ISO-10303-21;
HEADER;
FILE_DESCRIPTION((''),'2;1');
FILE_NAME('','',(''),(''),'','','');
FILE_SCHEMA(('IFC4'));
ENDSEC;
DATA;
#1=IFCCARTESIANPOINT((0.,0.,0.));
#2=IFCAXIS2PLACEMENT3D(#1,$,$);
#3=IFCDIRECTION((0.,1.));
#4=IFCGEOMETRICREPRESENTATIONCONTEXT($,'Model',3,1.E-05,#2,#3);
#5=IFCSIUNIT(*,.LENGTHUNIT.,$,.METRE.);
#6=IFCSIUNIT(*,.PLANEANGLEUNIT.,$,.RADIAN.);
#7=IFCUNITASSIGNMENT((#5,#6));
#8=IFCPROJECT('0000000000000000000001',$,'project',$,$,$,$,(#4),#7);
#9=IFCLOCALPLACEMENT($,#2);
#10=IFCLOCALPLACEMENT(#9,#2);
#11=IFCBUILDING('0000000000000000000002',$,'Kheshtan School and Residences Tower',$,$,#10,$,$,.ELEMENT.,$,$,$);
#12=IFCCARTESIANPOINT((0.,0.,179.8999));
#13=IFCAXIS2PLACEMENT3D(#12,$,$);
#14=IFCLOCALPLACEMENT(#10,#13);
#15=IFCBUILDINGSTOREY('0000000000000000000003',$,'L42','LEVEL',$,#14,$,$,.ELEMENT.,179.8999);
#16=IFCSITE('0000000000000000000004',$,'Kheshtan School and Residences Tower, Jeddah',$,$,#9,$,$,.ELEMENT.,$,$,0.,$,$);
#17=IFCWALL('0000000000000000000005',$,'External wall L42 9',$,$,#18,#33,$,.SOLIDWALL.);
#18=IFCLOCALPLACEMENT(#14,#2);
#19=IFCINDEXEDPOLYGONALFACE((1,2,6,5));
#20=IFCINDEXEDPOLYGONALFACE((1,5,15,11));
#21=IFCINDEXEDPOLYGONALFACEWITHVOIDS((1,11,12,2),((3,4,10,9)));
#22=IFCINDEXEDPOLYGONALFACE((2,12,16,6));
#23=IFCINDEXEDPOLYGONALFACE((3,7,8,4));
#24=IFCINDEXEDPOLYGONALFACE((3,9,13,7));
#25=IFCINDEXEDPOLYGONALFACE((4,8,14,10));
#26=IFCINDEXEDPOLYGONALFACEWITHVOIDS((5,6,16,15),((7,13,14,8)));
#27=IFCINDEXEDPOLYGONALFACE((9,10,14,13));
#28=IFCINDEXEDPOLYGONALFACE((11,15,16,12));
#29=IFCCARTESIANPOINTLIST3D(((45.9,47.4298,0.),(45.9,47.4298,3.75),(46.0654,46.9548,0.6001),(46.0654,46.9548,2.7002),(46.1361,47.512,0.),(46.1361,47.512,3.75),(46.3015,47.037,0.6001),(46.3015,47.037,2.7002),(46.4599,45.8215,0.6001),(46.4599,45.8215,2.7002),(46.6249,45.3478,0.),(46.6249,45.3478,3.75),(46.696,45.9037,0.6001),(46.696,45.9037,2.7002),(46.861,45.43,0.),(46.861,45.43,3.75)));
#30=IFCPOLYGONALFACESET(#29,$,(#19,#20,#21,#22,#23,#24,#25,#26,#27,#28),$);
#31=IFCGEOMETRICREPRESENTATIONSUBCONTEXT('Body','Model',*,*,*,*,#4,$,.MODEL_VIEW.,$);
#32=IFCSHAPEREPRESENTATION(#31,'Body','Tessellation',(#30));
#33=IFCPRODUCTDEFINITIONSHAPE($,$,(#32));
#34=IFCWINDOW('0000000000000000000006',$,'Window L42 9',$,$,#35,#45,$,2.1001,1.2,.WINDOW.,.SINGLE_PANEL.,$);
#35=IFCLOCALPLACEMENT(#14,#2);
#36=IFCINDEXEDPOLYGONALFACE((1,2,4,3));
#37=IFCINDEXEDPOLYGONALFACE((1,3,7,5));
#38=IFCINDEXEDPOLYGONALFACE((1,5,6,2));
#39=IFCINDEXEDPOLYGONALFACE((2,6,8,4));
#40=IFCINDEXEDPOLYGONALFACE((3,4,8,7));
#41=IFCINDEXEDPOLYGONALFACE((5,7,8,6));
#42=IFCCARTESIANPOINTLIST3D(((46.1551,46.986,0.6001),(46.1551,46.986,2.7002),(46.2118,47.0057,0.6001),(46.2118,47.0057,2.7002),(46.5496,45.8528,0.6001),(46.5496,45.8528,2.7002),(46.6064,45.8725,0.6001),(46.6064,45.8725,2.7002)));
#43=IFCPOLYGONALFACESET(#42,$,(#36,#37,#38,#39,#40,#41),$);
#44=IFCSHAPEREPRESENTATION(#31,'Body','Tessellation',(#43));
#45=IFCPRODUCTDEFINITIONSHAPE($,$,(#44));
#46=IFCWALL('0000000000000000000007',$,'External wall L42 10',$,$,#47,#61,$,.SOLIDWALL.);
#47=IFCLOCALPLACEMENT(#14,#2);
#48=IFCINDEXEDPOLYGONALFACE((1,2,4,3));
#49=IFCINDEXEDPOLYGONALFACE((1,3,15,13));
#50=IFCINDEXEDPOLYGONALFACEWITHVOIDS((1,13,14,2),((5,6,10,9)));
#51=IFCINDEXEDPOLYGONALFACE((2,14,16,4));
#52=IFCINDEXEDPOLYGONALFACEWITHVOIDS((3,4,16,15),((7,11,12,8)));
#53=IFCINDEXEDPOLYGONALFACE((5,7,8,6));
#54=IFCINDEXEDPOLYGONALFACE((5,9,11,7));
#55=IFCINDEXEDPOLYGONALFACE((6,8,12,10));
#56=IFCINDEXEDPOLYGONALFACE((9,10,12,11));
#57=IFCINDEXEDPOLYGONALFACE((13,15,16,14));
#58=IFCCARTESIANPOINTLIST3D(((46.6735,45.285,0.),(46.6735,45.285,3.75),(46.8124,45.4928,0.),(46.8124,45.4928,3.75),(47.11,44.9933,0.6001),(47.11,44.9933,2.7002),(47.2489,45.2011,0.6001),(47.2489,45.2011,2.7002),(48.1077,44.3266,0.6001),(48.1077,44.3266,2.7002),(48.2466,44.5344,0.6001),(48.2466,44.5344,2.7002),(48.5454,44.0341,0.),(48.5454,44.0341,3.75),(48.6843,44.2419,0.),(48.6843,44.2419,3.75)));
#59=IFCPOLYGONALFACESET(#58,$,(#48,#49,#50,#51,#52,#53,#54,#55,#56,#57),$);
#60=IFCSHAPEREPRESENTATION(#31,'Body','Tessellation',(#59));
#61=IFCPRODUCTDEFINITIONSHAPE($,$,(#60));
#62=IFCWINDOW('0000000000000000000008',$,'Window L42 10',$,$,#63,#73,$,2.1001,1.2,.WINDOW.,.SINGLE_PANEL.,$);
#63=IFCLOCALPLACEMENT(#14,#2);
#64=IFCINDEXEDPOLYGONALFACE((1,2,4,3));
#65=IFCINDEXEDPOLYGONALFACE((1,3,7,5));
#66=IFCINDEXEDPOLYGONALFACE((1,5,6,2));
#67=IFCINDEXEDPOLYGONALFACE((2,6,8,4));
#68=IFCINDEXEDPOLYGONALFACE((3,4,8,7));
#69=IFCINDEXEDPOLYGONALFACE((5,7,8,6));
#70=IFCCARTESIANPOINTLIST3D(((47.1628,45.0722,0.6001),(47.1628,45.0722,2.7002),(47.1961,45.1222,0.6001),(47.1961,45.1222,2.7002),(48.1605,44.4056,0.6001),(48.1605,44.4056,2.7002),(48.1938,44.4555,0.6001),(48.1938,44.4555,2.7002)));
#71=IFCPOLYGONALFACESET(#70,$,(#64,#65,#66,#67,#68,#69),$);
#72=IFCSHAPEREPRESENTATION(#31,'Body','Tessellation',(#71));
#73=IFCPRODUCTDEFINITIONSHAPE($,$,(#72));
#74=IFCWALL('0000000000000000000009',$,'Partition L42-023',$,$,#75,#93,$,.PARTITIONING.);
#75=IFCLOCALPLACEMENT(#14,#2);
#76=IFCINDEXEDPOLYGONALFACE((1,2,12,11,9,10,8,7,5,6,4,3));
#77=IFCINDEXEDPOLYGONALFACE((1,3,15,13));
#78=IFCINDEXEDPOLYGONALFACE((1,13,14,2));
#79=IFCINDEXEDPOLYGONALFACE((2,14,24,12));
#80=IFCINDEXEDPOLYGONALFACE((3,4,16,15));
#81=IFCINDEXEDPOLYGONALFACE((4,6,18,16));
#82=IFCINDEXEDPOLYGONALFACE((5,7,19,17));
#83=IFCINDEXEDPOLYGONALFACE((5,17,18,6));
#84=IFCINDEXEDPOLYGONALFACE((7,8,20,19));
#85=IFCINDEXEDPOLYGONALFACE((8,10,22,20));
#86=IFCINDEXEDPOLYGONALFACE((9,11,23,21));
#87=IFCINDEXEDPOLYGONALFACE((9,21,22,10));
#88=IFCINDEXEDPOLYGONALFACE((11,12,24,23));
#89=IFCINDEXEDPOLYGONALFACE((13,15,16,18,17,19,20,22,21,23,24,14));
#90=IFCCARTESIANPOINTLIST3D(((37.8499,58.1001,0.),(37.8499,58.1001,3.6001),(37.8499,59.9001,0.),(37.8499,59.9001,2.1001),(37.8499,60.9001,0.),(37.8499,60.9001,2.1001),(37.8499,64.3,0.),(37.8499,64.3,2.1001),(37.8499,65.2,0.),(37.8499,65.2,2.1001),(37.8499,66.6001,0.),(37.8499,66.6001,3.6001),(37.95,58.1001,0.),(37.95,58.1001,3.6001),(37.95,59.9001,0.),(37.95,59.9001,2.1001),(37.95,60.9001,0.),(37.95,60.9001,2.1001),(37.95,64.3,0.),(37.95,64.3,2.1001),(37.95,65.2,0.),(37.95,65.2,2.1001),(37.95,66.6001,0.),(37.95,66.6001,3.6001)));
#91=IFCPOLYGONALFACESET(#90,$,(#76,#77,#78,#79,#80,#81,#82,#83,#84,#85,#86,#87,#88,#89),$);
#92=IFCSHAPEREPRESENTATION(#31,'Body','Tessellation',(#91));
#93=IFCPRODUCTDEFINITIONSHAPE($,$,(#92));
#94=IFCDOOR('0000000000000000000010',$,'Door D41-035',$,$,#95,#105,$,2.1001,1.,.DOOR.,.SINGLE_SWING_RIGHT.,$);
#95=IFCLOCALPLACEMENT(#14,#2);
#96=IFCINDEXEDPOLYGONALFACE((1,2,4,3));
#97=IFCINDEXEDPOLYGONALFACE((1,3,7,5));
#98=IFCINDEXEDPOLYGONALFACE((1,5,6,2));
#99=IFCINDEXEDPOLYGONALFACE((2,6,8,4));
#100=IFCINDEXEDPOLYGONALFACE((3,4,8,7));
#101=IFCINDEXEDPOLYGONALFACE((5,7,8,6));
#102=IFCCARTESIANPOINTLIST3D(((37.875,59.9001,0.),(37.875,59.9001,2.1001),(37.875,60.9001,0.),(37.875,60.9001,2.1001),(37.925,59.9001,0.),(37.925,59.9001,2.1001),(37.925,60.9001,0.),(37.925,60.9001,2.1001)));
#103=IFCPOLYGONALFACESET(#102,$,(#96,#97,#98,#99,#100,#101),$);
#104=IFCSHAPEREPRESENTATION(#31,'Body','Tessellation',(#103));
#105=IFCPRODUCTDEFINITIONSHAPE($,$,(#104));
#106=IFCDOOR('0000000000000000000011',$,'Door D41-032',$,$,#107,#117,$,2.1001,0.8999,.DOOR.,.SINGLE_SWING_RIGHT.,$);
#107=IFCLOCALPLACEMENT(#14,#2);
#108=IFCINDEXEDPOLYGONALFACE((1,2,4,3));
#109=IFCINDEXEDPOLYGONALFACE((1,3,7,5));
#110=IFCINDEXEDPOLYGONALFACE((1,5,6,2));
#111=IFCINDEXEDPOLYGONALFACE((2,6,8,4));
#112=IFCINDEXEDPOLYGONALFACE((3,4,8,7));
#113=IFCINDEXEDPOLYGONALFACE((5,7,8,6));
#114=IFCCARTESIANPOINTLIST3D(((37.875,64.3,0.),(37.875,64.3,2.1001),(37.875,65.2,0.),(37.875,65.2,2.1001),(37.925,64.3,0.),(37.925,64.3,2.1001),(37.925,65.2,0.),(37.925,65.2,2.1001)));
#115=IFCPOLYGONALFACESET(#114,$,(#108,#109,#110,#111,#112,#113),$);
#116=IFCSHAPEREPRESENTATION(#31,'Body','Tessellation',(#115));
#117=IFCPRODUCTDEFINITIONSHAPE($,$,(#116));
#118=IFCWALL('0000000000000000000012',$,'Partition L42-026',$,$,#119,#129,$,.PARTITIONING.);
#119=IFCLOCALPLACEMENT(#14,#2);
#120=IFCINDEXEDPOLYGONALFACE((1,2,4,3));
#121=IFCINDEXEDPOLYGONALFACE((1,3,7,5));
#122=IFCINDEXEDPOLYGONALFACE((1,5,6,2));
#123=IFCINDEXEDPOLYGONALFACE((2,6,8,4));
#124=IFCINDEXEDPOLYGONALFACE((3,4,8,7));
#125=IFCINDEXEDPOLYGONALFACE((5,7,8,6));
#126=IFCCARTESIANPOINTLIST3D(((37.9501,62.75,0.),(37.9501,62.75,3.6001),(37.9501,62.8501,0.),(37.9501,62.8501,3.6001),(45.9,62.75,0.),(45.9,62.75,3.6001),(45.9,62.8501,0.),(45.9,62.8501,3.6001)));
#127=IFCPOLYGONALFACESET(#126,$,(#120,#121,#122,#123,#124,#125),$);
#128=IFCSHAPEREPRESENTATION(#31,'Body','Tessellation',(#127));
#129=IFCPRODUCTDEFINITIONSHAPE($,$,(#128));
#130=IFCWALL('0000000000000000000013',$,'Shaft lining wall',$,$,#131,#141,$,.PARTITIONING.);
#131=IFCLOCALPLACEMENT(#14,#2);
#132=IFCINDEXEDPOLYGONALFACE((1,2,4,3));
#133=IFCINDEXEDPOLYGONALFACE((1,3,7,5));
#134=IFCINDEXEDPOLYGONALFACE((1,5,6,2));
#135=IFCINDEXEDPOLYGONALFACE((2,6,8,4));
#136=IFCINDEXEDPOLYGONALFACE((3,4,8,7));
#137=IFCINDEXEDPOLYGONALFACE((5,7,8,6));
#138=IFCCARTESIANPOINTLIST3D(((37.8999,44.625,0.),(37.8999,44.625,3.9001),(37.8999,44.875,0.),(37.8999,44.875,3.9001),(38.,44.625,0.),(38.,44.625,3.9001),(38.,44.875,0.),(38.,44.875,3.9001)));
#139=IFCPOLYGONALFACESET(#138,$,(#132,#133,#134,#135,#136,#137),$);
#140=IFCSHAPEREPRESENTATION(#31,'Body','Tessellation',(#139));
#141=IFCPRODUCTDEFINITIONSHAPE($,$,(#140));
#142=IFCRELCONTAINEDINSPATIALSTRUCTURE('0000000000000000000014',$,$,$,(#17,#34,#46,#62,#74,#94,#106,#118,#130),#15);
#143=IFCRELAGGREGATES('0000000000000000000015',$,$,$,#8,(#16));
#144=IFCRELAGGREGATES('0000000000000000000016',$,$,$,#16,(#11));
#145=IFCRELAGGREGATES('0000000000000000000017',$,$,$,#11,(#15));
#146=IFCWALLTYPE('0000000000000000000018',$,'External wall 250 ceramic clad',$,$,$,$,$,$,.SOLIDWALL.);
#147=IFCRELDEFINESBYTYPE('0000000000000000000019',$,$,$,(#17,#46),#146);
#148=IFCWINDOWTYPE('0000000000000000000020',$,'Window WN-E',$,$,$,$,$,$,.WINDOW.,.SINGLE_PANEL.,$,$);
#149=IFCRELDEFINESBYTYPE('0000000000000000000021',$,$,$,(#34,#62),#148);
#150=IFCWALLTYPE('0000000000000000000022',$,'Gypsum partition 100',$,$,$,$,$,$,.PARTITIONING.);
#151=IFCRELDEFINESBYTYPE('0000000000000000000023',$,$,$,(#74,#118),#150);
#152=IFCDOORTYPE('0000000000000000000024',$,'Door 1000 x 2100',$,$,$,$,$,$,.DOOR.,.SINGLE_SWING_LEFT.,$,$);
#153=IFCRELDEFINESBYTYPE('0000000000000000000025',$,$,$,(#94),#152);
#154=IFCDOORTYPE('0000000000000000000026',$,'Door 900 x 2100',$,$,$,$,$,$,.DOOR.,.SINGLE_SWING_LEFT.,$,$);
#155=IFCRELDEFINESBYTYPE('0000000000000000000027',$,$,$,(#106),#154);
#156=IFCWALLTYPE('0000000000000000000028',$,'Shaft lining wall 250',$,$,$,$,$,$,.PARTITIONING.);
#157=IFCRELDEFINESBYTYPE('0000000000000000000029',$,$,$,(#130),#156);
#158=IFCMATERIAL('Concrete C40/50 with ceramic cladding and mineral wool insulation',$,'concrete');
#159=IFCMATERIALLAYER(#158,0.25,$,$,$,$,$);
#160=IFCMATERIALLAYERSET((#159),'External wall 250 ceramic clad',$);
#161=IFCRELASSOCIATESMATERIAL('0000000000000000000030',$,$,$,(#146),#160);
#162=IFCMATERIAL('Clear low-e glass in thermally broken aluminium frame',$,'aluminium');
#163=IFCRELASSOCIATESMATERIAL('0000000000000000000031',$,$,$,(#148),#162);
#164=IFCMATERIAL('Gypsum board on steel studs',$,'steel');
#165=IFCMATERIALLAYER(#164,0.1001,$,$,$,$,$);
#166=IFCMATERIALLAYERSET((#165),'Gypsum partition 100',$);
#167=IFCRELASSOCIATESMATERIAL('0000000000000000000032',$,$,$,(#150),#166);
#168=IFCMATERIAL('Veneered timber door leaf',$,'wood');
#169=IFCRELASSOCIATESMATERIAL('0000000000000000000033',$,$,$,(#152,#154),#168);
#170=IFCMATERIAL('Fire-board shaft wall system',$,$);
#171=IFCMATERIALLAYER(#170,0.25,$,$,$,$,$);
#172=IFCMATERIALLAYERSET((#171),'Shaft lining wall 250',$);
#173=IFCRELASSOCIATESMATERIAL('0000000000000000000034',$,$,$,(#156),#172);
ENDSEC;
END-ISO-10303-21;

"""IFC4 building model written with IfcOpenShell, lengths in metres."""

from ifc_helpers import new_model, si_unit, direction, frame, frame_2d, origin, place, context, subcontext, project, spatial, rectangle, extrude, source, transform, mapped, material, layer, layer_set, type_object, element, fill, save


model = new_model("IFC4")

# Units and contexts
model_context = context("Model", 3, precision=1e-05, world=origin(), true_north=direction((0.0, 1.0)))
body_context = subcontext(model_context, "Body", "Model", "MODEL_VIEW")
ifc_project = project(units=[si_unit("LENGTHUNIT", "METRE"), si_unit("PLANEANGLEUNIT", "RADIAN")], contexts=[model_context])

# Site, building, storey
site_placement = place(None, origin())
site = spatial("IfcSite", under=ifc_project, at=site_placement, Name="Kheshtan School and Residences Tower, Jeddah", CompositionType="ELEMENT", RefElevation=0.0)
building_placement = place(site_placement, origin())
building = spatial("IfcBuilding", under=site, at=building_placement, Name="Kheshtan School and Residences Tower", CompositionType="ELEMENT")
storey_placement = place(building_placement, frame((0.0, 0.0, 179.8999)))
storey = spatial("IfcBuildingStorey", under=building, at=storey_placement, Name="L42", Description="LEVEL", CompositionType="ELEMENT", Elevation=179.8999)

# Shared definitions
ifc_material_1 = material(Name="Clear low-e glass in thermally broken aluminium frame", Category="aluminium")

# Walls, openings, windows
ifc_material_2 = material(Name="Concrete C40/50 with ceramic cladding and mineral wool insulation", Category="concrete")
ifc_layer_1 = layer(ifc_material_2, 0.25)
ifc_layer_set_1 = layer_set([ifc_layer_1], Name="External wall 250 ceramic clad")
wall_type_1 = type_object("IfcWallType", Name="External wall 250 ceramic clad", PredefinedType="SOLIDWALL", material=ifc_layer_set_1)
wall_1_placement = place(storey_placement, frame((46.0181, 47.4709, 0.0), z_axis=(0.0, 0.0, 1.0), x_axis=(0.328791, -0.944403, 0.0)))
wall_1 = element("IfcWall", 1, at=wall_1_placement, inside=storey, type_object=wall_type_1, Name="External wall L42 9", PredefinedType="SOLIDWALL", context=body_context, shape_type="SweptSolid", body=[
    extrude(rectangle(XDim=2.2046, YDim=0.25, at=frame_2d((1.1023, 0.0))), origin(), (0.0, 0.0, 1.0), 3.75),
])
opening_1_placement = place(wall_1_placement, frame((0.5029, 0.0, 0.6001)))
opening_1 = element("IfcOpeningElement", 2, at=opening_1_placement, cuts=wall_1, PredefinedType="OPENING", context=body_context, shape_type="SweptSolid", body=[
    extrude(rectangle(XDim=1.2, YDim=2.1001, at=frame_2d((0.6001, 1.05))), frame((0.0, 0.135, 0.0), z_axis=(0.0, -1.0, 0.0), x_axis=(1.0, 0.0, 0.0)), (0.0, 0.0, 1.0), 0.27),
])
window_type = type_object("IfcWindowType", Name="Window WN-E", PartitioningType="SINGLE_PANEL", PredefinedType="WINDOW", material=ifc_material_1)
shared_shape_1 = source(origin(), body_context, "Body", "SweptSolid", [
    extrude(rectangle(XDim=1.2, YDim=2.1001, at=frame_2d((0.6001, 1.05))), frame((0.0, 0.03, 0.0), z_axis=(0.0, -1.0, 0.0), x_axis=(1.0, 0.0, 0.0)), (0.0, 0.0, 1.0), 0.0601),
])
window_1_placement = place(opening_1_placement, origin())
window_1 = element("IfcWindow", 3, at=window_1_placement, inside=storey, type_object=window_type, Name="Window L42 9", OverallHeight=2.1001, OverallWidth=1.2, PartitioningType="SINGLE_PANEL", PredefinedType="WINDOW", context=body_context, shape_type="MappedRepresentation", body=[
    mapped(shared_shape_1, transform((0.0, 0.0, 0.0), x_axis=(1.0, 0.0, 0.0), y_axis=(0.0, 1.0, 0.0), z_axis=(0.0, 0.0, 1.0), scale=1.0)),
])
fill(opening_1, window_1)
wall_2_placement = place(storey_placement, frame((46.7429, 45.3889, 0.0), z_axis=(0.0, 0.0, 1.0), x_axis=(0.831449, -0.555601, 0.0)))
wall_2 = element("IfcWall", 4, at=wall_2_placement, inside=storey, type_object=wall_type_1, Name="External wall L42 10", PredefinedType="SOLIDWALL", context=body_context, shape_type="SweptSolid", body=[
    extrude(rectangle(XDim=2.2515, YDim=0.25, at=frame_2d((1.1257, 0.0))), origin(), (0.0, 0.0, 1.0), 3.75),
])
opening_2_placement = place(wall_2_placement, frame((0.5249, 0.0, 0.6001)))
opening_2 = element("IfcOpeningElement", 5, at=opening_2_placement, cuts=wall_2, PredefinedType="OPENING", context=body_context, shape_type="SweptSolid", body=[
    extrude(rectangle(XDim=1.2, YDim=2.1001, at=frame_2d((0.6001, 1.05))), frame((0.0, 0.135, 0.0), z_axis=(0.0, -1.0, 0.0), x_axis=(1.0, 0.0, 0.0)), (0.0, 0.0, 1.0), 0.27),
])
window_2_placement = place(opening_2_placement, origin())
window_2 = element("IfcWindow", 6, at=window_2_placement, inside=storey, type_object=window_type, Name="Window L42 10", OverallHeight=2.1001, OverallWidth=1.2, PartitioningType="SINGLE_PANEL", PredefinedType="WINDOW", context=body_context, shape_type="MappedRepresentation", body=[
    mapped(shared_shape_1, transform((0.0, 0.0, 0.0), x_axis=(1.0, 0.0, 0.0), y_axis=(0.0, 1.0, 0.0), z_axis=(0.0, 0.0, 1.0), scale=1.0)),
])
fill(opening_2, window_2)

# Wall, openings, doors
ifc_material_3 = material(Name="Gypsum board on steel studs", Category="steel")
ifc_layer_2 = layer(ifc_material_3, 0.1001)
ifc_layer_set_2 = layer_set([ifc_layer_2], Name="Gypsum partition 100")
wall_type_2 = type_object("IfcWallType", Name="Gypsum partition 100", PredefinedType="PARTITIONING", material=ifc_layer_set_2)
wall_3_placement = place(storey_placement, frame((37.8999, 58.1001, 0.0), z_axis=(0.0, 0.0, 1.0), x_axis=(0.0, 1.0, 0.0)))
wall_3 = element("IfcWall", 7, at=wall_3_placement, inside=storey, type_object=wall_type_2, Name="Partition L42-023", PredefinedType="PARTITIONING", context=body_context, shape_type="SweptSolid", body=[
    extrude(rectangle(XDim=8.5, YDim=0.1001, at=frame_2d((4.25, 0.0))), origin(), (0.0, 0.0, 1.0), 3.6001),
])
opening_3_placement = place(wall_3_placement, frame((6.2, 0.0, 0.0)))
opening_3 = element("IfcOpeningElement", 8, at=opening_3_placement, cuts=wall_3, PredefinedType="OPENING", context=body_context, shape_type="SweptSolid", body=[
    extrude(rectangle(XDim=0.8999, YDim=2.1001, at=frame_2d((0.45, 1.05))), frame((0.0, 0.0601, 0.0), z_axis=(0.0, -1.0, 0.0), x_axis=(1.0, 0.0, 0.0)), (0.0, 0.0, 1.0), 0.1201),
])
opening_4_placement = place(wall_3_placement, frame((1.8, 0.0, 0.0)))
opening_4 = element("IfcOpeningElement", 9, at=opening_4_placement, cuts=wall_3, PredefinedType="OPENING", context=body_context, shape_type="SweptSolid", body=[
    extrude(rectangle(XDim=1.0, YDim=2.1001, at=frame_2d((0.5, 1.05))), frame((0.0, 0.0601, 0.0), z_axis=(0.0, -1.0, 0.0), x_axis=(1.0, 0.0, 0.0)), (0.0, 0.0, 1.0), 0.1201),
])
ifc_material_4 = material(Name="Veneered timber door leaf", Category="wood")
door_type_1 = type_object("IfcDoorType", Name="Door 1000 x 2100", OperationType="SINGLE_SWING_LEFT", PredefinedType="DOOR", material=ifc_material_4)
shared_shape_2 = source(origin(), body_context, "Body", "SweptSolid", [
    extrude(rectangle(XDim=1.0, YDim=2.1001, at=frame_2d((0.5, 1.05))), frame((0.0, 0.0249, 0.0), z_axis=(0.0, -1.0, 0.0), x_axis=(1.0, 0.0, 0.0)), (0.0, 0.0, 1.0), 0.05),
])
door_1_placement = place(opening_4_placement, origin())
door_1 = element("IfcDoor", 10, at=door_1_placement, inside=storey, type_object=door_type_1, Name="Door D41-035", OperationType="SINGLE_SWING_RIGHT", OverallHeight=2.1001, OverallWidth=1.0, PredefinedType="DOOR", context=body_context, shape_type="MappedRepresentation", body=[
    mapped(shared_shape_2, transform((0.0, 0.0, 0.0), x_axis=(1.0, 0.0, 0.0), y_axis=(0.0, 1.0, 0.0), z_axis=(0.0, 0.0, 1.0), scale=1.0)),
])
fill(opening_4, door_1)
door_type_2 = type_object("IfcDoorType", Name="Door 900 x 2100", OperationType="SINGLE_SWING_LEFT", PredefinedType="DOOR", material=ifc_material_4)
shared_shape_3 = source(origin(), body_context, "Body", "SweptSolid", [
    extrude(rectangle(XDim=0.8999, YDim=2.1001, at=frame_2d((0.45, 1.05))), frame((0.0, 0.0249, 0.0), z_axis=(0.0, -1.0, 0.0), x_axis=(1.0, 0.0, 0.0)), (0.0, 0.0, 1.0), 0.05),
])
door_2_placement = place(opening_3_placement, origin())
door_2 = element("IfcDoor", 11, at=door_2_placement, inside=storey, type_object=door_type_2, Name="Door D41-032", OperationType="SINGLE_SWING_RIGHT", OverallHeight=2.1001, OverallWidth=0.8999, PredefinedType="DOOR", context=body_context, shape_type="MappedRepresentation", body=[
    mapped(shared_shape_3, transform((0.0, 0.0, 0.0), x_axis=(1.0, 0.0, 0.0), y_axis=(0.0, 1.0, 0.0), z_axis=(0.0, 0.0, 1.0), scale=1.0)),
])
fill(opening_3, door_2)

# Walls
wall_4_placement = place(storey_placement, frame((37.95, 62.8, 0.0), z_axis=(0.0, 0.0, 1.0), x_axis=(1.0, 0.0, 0.0)))
element("IfcWall", 12, at=wall_4_placement, inside=storey, type_object=wall_type_2, Name="Partition L42-026", PredefinedType="PARTITIONING", context=body_context, shape_type="SweptSolid", body=[
    extrude(rectangle(XDim=7.95, YDim=0.1001, at=frame_2d((3.9751, 0.0))), origin(), (0.0, 0.0, 1.0), 3.6001),
])
ifc_material_5 = material(Name="Fire-board shaft wall system")
ifc_layer_3 = layer(ifc_material_5, 0.25)
ifc_layer_set_3 = layer_set([ifc_layer_3], Name="Shaft lining wall 250")
wall_type_3 = type_object("IfcWallType", Name="Shaft lining wall 250", PredefinedType="PARTITIONING", material=ifc_layer_set_3)
wall_5_placement = place(storey_placement, frame((37.8999, 44.75, 0.0), z_axis=(0.0, 0.0, 1.0), x_axis=(1.0, 0.0, 0.0)))
element("IfcWall", 13, at=wall_5_placement, inside=storey, type_object=wall_type_3, Name="Shaft lining wall", PredefinedType="PARTITIONING", context=body_context, shape_type="SweptSolid", body=[
    extrude(rectangle(XDim=0.1001, YDim=0.25, at=frame_2d((0.05, 0.0))), origin(), (0.0, 0.0, 1.0), 3.9001),
])

save(model, "model.ifc")
